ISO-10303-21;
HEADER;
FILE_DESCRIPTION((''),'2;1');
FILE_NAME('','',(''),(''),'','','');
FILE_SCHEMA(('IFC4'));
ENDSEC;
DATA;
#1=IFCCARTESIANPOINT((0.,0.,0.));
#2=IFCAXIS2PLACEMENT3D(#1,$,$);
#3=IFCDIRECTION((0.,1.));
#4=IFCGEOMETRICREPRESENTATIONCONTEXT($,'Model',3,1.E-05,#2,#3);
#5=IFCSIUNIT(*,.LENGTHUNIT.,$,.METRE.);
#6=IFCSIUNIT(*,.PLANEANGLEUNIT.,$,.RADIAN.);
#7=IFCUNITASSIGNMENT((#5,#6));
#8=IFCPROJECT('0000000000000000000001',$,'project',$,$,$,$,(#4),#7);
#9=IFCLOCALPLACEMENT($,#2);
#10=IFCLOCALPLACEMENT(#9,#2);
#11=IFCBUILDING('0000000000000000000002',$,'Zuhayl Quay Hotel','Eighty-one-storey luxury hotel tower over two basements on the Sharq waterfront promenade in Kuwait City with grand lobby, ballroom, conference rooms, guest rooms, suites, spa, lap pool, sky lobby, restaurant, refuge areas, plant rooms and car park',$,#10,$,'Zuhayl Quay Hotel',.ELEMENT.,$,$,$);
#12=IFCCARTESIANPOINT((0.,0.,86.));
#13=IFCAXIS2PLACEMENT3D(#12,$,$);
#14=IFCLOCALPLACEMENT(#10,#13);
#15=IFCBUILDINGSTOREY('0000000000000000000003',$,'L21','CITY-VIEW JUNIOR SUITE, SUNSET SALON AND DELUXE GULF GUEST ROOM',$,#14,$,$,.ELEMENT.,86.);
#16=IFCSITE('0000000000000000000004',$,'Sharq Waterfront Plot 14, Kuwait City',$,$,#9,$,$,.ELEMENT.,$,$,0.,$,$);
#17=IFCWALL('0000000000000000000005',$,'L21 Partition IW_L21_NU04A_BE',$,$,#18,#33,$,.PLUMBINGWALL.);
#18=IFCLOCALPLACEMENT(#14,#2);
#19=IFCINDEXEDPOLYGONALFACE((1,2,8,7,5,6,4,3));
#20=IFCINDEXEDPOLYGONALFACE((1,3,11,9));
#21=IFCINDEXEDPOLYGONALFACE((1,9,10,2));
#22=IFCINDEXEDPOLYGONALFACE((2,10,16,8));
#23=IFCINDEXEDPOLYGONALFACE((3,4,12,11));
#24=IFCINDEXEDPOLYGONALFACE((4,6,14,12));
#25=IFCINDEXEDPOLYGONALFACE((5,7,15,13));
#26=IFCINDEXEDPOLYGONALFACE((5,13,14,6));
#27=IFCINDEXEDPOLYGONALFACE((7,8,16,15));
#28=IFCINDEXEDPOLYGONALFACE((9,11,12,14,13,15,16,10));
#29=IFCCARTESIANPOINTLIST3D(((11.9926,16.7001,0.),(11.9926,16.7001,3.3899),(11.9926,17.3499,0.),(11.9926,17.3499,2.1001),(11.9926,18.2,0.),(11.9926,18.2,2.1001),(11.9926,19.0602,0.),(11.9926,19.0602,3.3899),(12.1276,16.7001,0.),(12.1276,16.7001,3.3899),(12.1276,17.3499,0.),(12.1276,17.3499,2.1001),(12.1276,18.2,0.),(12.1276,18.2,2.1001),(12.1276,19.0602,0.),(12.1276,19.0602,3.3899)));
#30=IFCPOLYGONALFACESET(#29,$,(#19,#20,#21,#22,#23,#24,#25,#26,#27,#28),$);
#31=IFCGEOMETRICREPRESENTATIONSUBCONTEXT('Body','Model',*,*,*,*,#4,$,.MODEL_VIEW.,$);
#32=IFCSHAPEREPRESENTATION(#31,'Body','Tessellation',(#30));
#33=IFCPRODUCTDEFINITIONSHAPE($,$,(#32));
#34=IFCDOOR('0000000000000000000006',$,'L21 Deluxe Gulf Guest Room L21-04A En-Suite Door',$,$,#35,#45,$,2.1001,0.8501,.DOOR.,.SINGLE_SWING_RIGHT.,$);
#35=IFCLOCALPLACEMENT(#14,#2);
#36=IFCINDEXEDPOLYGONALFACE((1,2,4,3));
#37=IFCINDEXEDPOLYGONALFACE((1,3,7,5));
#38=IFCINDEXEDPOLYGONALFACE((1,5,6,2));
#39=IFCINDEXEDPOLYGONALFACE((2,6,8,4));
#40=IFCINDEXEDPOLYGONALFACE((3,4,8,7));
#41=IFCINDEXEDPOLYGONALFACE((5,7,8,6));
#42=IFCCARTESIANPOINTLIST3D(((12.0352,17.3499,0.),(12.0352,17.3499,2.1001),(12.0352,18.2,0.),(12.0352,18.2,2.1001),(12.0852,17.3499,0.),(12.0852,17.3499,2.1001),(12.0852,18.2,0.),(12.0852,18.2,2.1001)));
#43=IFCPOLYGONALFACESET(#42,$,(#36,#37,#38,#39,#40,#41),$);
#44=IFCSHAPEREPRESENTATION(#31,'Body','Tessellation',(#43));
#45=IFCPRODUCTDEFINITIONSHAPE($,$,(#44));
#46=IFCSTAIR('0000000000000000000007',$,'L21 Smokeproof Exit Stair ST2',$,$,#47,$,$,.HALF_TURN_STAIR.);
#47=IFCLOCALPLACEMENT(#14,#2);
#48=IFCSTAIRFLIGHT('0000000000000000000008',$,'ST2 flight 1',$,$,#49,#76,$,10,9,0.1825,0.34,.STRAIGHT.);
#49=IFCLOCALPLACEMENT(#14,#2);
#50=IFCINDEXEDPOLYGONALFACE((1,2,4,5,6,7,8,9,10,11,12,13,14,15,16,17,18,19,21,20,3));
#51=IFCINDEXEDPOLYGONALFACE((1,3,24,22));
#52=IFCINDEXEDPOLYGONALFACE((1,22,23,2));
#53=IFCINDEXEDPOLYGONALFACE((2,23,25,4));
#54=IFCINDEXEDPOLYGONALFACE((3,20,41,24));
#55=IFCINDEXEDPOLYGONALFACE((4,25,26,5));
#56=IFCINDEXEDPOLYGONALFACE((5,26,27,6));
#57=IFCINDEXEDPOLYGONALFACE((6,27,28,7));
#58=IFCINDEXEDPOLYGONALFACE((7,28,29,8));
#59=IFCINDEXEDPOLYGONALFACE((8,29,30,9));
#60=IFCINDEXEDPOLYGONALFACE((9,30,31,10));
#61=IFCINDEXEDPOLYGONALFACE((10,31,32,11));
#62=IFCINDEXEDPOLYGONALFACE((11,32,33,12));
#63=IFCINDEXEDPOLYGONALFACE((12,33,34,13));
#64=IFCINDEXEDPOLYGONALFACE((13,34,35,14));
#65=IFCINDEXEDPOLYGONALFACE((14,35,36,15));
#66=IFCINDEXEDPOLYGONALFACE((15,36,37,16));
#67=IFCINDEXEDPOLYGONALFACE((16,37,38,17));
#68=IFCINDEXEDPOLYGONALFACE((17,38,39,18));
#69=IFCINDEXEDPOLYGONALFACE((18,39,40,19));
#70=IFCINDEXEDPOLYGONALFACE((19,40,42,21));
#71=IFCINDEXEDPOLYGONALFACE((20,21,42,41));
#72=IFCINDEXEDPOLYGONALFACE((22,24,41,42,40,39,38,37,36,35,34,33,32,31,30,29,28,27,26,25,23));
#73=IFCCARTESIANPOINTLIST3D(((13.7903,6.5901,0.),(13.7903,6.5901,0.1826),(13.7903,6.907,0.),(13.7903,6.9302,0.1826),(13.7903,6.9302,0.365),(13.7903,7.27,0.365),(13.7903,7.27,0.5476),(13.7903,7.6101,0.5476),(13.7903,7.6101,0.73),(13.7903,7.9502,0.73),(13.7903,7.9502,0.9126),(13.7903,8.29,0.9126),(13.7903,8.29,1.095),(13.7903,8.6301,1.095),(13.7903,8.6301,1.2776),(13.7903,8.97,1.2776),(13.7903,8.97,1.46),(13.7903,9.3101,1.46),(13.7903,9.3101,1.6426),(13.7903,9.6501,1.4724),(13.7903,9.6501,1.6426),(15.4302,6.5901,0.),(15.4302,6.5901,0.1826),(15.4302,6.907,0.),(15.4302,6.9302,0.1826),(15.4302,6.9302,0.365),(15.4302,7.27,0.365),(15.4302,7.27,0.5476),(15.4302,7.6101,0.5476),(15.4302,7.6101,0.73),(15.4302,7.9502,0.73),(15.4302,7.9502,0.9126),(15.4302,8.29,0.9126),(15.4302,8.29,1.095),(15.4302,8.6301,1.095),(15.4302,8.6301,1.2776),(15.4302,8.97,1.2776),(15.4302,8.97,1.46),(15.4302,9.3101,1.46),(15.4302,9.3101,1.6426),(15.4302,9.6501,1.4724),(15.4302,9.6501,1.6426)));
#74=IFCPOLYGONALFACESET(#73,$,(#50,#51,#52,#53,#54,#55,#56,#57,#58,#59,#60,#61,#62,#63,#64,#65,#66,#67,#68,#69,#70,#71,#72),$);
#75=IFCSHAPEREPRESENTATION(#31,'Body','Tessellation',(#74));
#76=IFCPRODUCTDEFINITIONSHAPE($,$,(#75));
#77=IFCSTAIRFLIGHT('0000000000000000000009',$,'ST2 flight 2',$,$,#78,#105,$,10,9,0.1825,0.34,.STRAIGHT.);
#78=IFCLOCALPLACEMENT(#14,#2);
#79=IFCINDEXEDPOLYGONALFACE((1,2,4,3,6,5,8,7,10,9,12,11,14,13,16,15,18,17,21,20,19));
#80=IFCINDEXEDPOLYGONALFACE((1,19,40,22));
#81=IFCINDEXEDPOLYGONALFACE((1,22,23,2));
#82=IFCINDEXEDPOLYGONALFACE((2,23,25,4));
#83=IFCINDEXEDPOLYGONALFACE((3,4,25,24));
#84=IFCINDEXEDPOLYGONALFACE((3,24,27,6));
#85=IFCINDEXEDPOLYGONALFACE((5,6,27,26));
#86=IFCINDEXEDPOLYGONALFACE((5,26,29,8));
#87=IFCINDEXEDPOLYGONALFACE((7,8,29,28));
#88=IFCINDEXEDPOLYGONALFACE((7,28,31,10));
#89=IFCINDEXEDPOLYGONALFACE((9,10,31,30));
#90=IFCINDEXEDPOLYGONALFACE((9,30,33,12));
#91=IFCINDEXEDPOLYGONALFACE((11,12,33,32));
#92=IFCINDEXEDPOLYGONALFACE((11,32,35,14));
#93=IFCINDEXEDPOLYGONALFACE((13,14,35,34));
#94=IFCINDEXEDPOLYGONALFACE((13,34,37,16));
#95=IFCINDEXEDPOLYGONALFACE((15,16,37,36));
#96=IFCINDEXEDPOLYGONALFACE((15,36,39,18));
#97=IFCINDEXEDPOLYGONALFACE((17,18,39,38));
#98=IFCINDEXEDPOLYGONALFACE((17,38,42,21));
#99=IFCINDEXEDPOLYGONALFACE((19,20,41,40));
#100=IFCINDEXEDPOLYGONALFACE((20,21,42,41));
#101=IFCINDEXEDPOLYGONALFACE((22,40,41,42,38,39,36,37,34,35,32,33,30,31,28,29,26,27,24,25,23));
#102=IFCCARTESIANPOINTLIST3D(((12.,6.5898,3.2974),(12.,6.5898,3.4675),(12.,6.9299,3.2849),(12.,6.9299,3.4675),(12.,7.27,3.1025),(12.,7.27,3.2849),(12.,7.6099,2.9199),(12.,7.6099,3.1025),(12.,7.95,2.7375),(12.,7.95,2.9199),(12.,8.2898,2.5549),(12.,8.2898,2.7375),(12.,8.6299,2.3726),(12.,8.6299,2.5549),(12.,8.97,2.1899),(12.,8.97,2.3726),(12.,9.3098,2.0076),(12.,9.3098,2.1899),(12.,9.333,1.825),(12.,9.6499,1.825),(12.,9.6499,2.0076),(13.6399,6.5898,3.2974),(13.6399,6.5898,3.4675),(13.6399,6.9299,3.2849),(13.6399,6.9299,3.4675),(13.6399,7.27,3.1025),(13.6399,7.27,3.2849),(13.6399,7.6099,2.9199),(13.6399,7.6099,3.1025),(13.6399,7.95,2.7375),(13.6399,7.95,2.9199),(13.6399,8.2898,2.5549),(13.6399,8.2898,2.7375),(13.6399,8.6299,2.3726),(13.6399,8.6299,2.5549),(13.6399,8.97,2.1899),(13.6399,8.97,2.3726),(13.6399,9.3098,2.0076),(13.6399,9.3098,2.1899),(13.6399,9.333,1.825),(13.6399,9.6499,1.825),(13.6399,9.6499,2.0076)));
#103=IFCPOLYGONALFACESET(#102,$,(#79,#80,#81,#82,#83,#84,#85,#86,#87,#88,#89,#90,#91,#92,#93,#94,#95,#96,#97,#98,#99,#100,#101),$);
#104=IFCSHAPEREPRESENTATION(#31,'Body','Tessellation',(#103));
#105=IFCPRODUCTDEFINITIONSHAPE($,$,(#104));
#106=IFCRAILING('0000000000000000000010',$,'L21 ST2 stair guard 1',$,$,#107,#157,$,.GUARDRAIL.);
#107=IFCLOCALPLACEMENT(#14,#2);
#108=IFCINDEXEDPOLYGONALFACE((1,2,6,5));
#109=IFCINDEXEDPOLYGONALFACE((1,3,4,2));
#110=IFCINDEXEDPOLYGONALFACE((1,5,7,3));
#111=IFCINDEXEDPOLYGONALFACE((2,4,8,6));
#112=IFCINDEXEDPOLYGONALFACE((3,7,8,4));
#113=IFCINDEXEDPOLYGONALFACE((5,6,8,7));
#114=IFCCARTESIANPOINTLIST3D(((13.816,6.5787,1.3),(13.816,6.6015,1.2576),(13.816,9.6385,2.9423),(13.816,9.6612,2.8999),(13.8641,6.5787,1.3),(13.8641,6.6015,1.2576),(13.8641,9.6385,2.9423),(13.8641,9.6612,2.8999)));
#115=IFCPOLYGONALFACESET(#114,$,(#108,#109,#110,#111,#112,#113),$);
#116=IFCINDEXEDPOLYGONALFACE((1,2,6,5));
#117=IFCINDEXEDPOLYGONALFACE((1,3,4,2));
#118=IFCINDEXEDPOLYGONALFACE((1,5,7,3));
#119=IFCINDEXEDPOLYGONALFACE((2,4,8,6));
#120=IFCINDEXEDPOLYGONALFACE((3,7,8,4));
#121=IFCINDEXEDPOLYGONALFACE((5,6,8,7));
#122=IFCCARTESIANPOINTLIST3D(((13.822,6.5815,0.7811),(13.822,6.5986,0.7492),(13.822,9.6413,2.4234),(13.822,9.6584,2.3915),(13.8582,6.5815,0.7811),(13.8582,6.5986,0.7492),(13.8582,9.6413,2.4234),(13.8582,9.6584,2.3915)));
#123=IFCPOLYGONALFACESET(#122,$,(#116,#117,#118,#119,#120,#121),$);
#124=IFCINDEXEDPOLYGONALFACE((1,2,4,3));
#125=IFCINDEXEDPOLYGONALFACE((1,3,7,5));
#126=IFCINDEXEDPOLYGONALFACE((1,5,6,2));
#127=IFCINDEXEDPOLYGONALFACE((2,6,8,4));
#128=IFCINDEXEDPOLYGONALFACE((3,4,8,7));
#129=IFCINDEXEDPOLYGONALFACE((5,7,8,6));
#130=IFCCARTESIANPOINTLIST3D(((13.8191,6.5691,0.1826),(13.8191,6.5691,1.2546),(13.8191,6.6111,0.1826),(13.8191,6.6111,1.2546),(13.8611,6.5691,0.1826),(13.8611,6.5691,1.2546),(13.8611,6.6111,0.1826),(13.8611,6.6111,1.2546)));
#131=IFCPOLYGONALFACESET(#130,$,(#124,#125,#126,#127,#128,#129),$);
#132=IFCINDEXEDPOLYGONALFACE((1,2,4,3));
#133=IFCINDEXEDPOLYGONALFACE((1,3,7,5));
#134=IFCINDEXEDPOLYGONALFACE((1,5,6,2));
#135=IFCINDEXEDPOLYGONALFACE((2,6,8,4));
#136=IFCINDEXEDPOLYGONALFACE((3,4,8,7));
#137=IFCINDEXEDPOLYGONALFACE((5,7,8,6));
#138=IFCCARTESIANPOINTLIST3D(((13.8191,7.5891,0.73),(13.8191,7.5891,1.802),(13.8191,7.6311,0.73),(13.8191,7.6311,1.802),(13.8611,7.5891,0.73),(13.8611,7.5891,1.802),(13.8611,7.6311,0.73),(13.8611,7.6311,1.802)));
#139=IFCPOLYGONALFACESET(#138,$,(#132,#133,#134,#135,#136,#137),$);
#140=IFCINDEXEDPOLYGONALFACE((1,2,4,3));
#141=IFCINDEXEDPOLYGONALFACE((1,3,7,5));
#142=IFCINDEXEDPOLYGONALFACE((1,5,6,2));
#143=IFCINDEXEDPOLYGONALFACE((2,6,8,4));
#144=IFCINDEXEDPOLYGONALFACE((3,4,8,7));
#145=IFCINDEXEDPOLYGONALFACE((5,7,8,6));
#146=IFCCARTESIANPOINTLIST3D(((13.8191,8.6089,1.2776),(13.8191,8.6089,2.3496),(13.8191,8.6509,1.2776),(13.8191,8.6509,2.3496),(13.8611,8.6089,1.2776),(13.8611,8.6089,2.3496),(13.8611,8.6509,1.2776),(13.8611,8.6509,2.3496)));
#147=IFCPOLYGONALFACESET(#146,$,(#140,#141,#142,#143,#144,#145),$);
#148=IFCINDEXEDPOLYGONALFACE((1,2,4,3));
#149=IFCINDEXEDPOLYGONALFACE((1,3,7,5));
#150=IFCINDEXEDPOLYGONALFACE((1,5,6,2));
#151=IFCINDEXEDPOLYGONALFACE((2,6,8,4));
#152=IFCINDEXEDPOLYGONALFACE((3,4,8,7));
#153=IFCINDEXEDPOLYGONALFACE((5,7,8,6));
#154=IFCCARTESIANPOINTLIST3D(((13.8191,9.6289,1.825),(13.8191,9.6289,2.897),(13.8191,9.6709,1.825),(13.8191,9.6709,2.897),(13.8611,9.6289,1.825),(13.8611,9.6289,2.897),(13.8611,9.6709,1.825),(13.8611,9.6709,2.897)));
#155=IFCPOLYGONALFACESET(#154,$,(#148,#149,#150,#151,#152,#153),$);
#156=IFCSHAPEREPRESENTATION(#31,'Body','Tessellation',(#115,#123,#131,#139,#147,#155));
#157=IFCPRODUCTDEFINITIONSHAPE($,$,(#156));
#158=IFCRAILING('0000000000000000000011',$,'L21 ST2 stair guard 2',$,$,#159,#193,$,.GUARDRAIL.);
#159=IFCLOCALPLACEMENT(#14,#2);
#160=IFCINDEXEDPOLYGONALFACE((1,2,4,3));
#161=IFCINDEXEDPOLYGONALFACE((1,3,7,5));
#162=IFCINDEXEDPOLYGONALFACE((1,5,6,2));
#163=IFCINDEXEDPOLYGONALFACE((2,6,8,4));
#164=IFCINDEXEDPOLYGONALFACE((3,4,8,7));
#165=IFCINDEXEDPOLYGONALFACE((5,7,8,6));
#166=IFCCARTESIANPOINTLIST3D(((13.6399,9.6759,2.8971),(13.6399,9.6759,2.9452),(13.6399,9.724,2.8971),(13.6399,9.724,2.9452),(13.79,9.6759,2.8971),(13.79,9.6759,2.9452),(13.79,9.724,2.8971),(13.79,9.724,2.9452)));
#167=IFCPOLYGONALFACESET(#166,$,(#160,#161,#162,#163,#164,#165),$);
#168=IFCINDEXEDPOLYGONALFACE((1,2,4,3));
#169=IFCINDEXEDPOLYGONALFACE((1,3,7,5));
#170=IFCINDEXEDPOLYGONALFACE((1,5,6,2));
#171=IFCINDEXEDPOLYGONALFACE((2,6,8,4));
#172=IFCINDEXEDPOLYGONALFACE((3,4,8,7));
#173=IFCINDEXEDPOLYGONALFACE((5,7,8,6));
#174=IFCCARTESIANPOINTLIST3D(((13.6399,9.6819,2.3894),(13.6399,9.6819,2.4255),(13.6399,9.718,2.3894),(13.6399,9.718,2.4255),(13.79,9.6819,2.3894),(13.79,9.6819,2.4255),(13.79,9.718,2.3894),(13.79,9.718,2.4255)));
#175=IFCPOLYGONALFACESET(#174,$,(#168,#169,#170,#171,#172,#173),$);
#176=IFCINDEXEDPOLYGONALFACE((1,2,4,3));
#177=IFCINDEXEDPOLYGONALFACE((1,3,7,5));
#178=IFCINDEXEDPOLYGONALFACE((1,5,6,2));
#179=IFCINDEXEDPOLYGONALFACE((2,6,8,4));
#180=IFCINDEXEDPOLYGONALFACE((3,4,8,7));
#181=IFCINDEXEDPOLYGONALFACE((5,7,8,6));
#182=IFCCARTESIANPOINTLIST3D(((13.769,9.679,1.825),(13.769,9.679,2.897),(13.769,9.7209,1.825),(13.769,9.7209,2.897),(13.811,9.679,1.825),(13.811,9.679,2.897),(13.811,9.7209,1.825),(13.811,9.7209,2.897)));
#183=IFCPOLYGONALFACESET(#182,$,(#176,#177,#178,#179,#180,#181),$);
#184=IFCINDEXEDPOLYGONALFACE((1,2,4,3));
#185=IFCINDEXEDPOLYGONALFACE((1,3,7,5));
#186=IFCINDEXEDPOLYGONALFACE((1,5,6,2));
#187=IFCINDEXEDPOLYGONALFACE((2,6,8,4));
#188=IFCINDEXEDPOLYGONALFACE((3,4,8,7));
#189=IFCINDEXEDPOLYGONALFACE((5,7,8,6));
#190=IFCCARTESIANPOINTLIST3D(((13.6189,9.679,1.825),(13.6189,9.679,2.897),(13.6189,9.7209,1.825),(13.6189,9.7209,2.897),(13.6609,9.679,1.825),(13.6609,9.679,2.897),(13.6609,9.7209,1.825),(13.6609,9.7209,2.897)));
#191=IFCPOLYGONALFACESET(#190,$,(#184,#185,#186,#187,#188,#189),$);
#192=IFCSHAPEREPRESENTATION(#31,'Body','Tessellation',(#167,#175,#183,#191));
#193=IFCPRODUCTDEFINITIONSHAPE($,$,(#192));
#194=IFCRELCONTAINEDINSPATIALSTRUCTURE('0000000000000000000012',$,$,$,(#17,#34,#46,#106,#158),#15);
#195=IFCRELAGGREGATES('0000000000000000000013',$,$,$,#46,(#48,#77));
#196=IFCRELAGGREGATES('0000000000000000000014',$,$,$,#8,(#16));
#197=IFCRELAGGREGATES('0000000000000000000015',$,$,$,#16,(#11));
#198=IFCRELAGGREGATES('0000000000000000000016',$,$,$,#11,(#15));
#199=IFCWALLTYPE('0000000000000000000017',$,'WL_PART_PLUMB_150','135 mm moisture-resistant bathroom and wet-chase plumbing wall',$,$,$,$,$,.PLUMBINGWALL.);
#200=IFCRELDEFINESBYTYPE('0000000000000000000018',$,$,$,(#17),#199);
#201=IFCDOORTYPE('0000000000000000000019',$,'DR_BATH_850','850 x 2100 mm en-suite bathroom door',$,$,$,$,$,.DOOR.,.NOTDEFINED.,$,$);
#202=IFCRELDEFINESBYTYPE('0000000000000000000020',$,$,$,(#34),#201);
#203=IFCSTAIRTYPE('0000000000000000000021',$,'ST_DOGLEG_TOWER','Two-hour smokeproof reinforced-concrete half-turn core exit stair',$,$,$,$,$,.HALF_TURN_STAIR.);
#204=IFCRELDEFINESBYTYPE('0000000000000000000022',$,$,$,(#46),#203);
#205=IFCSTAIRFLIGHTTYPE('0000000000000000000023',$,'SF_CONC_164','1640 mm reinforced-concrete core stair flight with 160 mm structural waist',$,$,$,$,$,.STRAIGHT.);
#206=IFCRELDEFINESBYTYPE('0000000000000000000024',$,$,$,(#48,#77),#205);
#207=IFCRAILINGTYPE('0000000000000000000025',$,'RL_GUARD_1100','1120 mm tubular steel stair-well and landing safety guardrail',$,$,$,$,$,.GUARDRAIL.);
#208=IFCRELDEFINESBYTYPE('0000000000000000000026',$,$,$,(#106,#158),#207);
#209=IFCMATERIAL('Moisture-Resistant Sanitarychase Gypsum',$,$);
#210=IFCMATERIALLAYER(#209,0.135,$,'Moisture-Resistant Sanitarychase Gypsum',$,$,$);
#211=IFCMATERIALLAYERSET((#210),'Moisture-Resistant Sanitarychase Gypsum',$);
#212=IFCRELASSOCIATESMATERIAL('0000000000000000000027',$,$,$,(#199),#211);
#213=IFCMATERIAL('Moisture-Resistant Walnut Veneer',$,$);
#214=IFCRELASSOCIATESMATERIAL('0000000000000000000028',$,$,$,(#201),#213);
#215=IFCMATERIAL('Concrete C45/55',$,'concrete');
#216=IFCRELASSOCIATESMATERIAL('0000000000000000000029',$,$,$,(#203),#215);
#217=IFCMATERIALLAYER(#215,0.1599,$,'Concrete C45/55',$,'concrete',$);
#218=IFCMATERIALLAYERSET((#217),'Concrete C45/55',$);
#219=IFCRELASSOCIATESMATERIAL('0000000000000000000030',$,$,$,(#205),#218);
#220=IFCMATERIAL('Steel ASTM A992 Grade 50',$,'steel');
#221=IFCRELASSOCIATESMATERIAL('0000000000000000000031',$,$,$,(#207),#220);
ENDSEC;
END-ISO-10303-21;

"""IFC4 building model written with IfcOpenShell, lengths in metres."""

from ifc_helpers import new_model, si_unit, direction, frame, frame_2d, origin, origin_2d, place, context, subcontext, project, spatial, polyline, rectangle, outline, extrude, material, layer, layer_set, type_object, element, fill, aggregate, save


model = new_model("IFC4")

# Units and contexts
model_context = context("Model", 3, precision=1e-05, world=origin(), true_north=direction((0.0, 1.0)))
body_context = subcontext(model_context, "Body", "Model", "MODEL_VIEW")
ifc_project = project(units=[si_unit("LENGTHUNIT", "METRE"), si_unit("PLANEANGLEUNIT", "RADIAN")], contexts=[model_context])

# Site, building, storey
site_placement = place(None, origin())
site = spatial("IfcSite", under=ifc_project, at=site_placement, Name="Sharq Waterfront Plot 14, Kuwait City", CompositionType="ELEMENT", RefElevation=0.0)
building_placement = place(site_placement, origin())
building = spatial("IfcBuilding", under=site, at=building_placement, Name="Zuhayl Quay Hotel", Description="Eighty-one-storey luxury hotel tower over two basements on the Sharq waterfront promenade in Kuwait City with grand lobby, ballroom, conference rooms, guest rooms, suites, spa, lap pool, sky lobby, restaurant, refuge areas, plant rooms and car park", LongName="Zuhayl Quay Hotel", CompositionType="ELEMENT")
storey_placement = place(building_placement, frame((0.0, 0.0, 86.0)))
storey = spatial("IfcBuildingStorey", under=building, at=storey_placement, Name="L21", Description="CITY-VIEW JUNIOR SUITE, SUNSET SALON AND DELUXE GULF GUEST ROOM", CompositionType="ELEMENT", Elevation=86.0)

# Shared definitions
ifc_material_1 = material(Name="Steel ASTM A992 Grade 50", Category="steel")

# Wall, opening, door
ifc_material_2 = material(Name="Moisture-Resistant Sanitarychase Gypsum")
ifc_layer_1 = layer(ifc_material_2, 0.135, Name="Moisture-Resistant Sanitarychase Gypsum")
ifc_layer_set_1 = layer_set([ifc_layer_1], Name="Moisture-Resistant Sanitarychase Gypsum")
wall_type_1 = type_object("IfcWallType", Name="WL_PART_PLUMB_150", Description="135 mm moisture-resistant bathroom and wet-chase plumbing wall", PredefinedType="PLUMBINGWALL", material=ifc_layer_set_1)
wall_1_placement = place(storey_placement, frame((12.0601, 16.7, 0.0), z_axis=(0.0, 0.0, 1.0), x_axis=(0.0, 1.0, 0.0)))
wall_1 = element("IfcWall", 1, at=wall_1_placement, inside=storey, type_object=wall_type_1, Name="L21 Partition IW_L21_NU04A_BE", PredefinedType="PLUMBINGWALL", context=body_context, shape_type="SweptSolid", body=[
    extrude(rectangle(XDim=2.3601, YDim=0.135, at=frame_2d((1.1802, 0.0))), origin(), (0.0, 0.0, 1.0), 3.3899),
])
opening_1_placement = place(wall_1_placement, frame((0.6499, 0.0, 0.0)))
opening_1 = element("IfcOpeningElement", 2, at=opening_1_placement, cuts=wall_1, PredefinedType="OPENING", context=body_context, shape_type="SweptSolid", body=[
    extrude(rectangle(XDim=0.8501, YDim=2.1001, at=frame_2d((0.425, 1.05))), frame((0.0, 0.0774, 0.0), z_axis=(0.0, -1.0, 0.0), x_axis=(1.0, 0.0, 0.0)), (0.0, 0.0, 1.0), 0.155),
])
ifc_material_3 = material(Name="Moisture-Resistant Walnut Veneer")
door_type_1 = type_object("IfcDoorType", Name="DR_BATH_850", Description="850 x 2100 mm en-suite bathroom door", OperationType="NOTDEFINED", PredefinedType="DOOR", material=ifc_material_3)
door_1_placement = place(opening_1_placement, origin())
door_1 = element("IfcDoor", 3, at=door_1_placement, inside=storey, type_object=door_type_1, Name="L21 Deluxe Gulf Guest Room L21-04A En-Suite Door", OperationType="SINGLE_SWING_RIGHT", OverallHeight=2.1001, OverallWidth=0.8501, PredefinedType="DOOR", context=body_context, shape_type="SweptSolid", body=[
    extrude(rectangle(XDim=0.8501, YDim=2.1001, at=frame_2d((0.425, 1.05))), frame((0.0, 0.0249, 0.0), z_axis=(0.0, -1.0, 0.0), x_axis=(1.0, 0.0, 0.0)), (0.0, 0.0, 1.0), 0.05),
])
fill(opening_1, door_1)

# Stair, stair flights
ifc_material_4 = material(Name="Concrete C45/55", Category="concrete")
stair_type = type_object("IfcStairType", Name="ST_DOGLEG_TOWER", Description="Two-hour smokeproof reinforced-concrete half-turn core exit stair", PredefinedType="HALF_TURN_STAIR", material=ifc_material_4)
stair_placement = place(storey_placement, origin())
stair = element("IfcStair", 4, at=stair_placement, inside=storey, type_object=stair_type, Name="L21 Smokeproof Exit Stair ST2", PredefinedType="HALF_TURN_STAIR")
ifc_layer_2 = layer(ifc_material_4, 0.1599, Name="Concrete C45/55", Category="concrete")
ifc_layer_set_2 = layer_set([ifc_layer_2], Name="Concrete C45/55")
stair_flight_type = type_object("IfcStairFlightType", Name="SF_CONC_164", Description="1640 mm reinforced-concrete core stair flight with 160 mm structural waist", PredefinedType="STRAIGHT", material=ifc_layer_set_2)
stair_flight_1_placement = place(storey_placement, frame((14.6101, 6.5901, 0.0), z_axis=(0.0, 0.0, 1.0), x_axis=(0.0, 1.0, 0.0)))
stair_flight_1 = element("IfcStairFlight", 5, at=stair_flight_1_placement, type_object=stair_flight_type, Name="ST2 flight 1", NumberOfRisers=10, NumberOfTreads=9, PredefinedType="STRAIGHT", RiserHeight=0.1825, TreadLength=0.34, context=body_context, shape_type="SweptSolid", body=[
    extrude(outline(polyline([(0.0, 0.0), (0.0, 0.1826), (0.3401, 0.1826), (0.3401, 0.365), (0.6799, 0.365), (0.6799, 0.5476), (1.02, 0.5476), (1.02, 0.73), (1.3601, 0.73), (1.3601, 0.9126), (1.7, 0.9126), (1.7, 1.095), (2.04, 1.095), (2.04, 1.2776), (2.3799, 1.2776), (2.3799, 1.46), (2.72, 1.46), (2.72, 1.6426), (3.0601, 1.6426), (3.0601, 1.825), (3.0601, 1.4724), (0.3169, 0.0), (0.0, 0.0)])), frame((0.0, 0.8198, 0.0), z_axis=(0.0, -1.0, 0.0), x_axis=(1.0, 0.0, 0.0)), (0.0, 0.0, 1.0), 1.6399),
])
stair_flight_2_placement = place(storey_placement, frame((12.8201, 9.6499, 1.825), z_axis=(0.0, 0.0, 1.0), x_axis=(0.0, -1.0, 0.0)))
stair_flight_2 = element("IfcStairFlight", 6, at=stair_flight_2_placement, type_object=stair_flight_type, Name="ST2 flight 2", NumberOfRisers=10, NumberOfTreads=9, PredefinedType="STRAIGHT", RiserHeight=0.1825, TreadLength=0.34, context=body_context, shape_type="SweptSolid", body=[
    extrude(outline(polyline([(0.0, 0.0), (0.0, 0.1826), (0.3401, 0.1826), (0.3401, 0.365), (0.6799, 0.365), (0.6799, 0.5476), (1.02, 0.5476), (1.02, 0.73), (1.3601, 0.73), (1.3601, 0.9126), (1.7, 0.9126), (1.7, 1.095), (2.04, 1.095), (2.04, 1.2776), (2.3799, 1.2776), (2.3799, 1.46), (2.72, 1.46), (2.72, 1.6426), (3.0601, 1.6426), (3.0601, 1.825), (3.0601, 1.4724), (0.3169, 0.0), (0.0, 0.0)])), frame((0.0, 0.8198, 0.0), z_axis=(0.0, -1.0, 0.0), x_axis=(1.0, 0.0, 0.0)), (0.0, 0.0, 1.0), 1.6399),
])
aggregate(stair, [stair_flight_1, stair_flight_2])

# Railings
railing_type_1 = type_object("IfcRailingType", Name="RL_GUARD_1100", Description="1120 mm tubular steel stair-well and landing safety guardrail", PredefinedType="GUARDRAIL", material=ifc_material_1)
railing_1_placement = place(storey_placement, frame((13.8401, 6.5901, 0.1826)))
element("IfcRailing", 7, at=railing_1_placement, inside=storey, type_object=railing_type_1, Name="L21 ST2 stair guard 1", PredefinedType="GUARDRAIL", context=body_context, shape_type="SweptSolid", body=[
    extrude(rectangle(XDim=0.0481, YDim=0.0481, at=origin_2d()), frame((0.0, 0.0, 1.0962), z_axis=(0.0, 0.881102, 0.472926), x_axis=(-1.0, 0.0, 0.0)), (0.0, 0.0, 1.0), 3.4727),
    extrude(rectangle(XDim=0.0361, YDim=0.0361, at=origin_2d()), frame((0.0, 0.0, 0.5825), z_axis=(0.0, 0.881102, 0.472926), x_axis=(-1.0, 0.0, 0.0)), (0.0, 0.0, 1.0), 3.4727),
    extrude(rectangle(XDim=0.042, YDim=0.042, at=origin_2d()), origin(), (0.0, 0.0, 1.0), 1.072),
    extrude(rectangle(XDim=0.042, YDim=0.042, at=origin_2d()), frame((0.0, 1.02, 0.5474)), (0.0, 0.0, 1.0), 1.072),
    extrude(rectangle(XDim=0.042, YDim=0.042, at=origin_2d()), frame((0.0, 2.0398, 1.095)), (0.0, 0.0, 1.0), 1.072),
    extrude(rectangle(XDim=0.042, YDim=0.042, at=origin_2d()), frame((0.0, 3.0598, 1.6423)), (0.0, 0.0, 1.0), 1.072),
])
railing_2_placement = place(storey_placement, frame((13.79, 9.7, 1.825)))
element("IfcRailing", 8, at=railing_2_placement, inside=storey, type_object=railing_type_1, Name="L21 ST2 stair guard 2", PredefinedType="GUARDRAIL", context=body_context, shape_type="SweptSolid", body=[
    extrude(rectangle(XDim=0.0481, YDim=0.0481, at=origin_2d()), frame((0.0, 0.0, 1.0962), z_axis=(-1.0, 0.0, 0.0), x_axis=(0.0, -1.0, 0.0)), (0.0, 0.0, 1.0), 0.1501),
    extrude(rectangle(XDim=0.0361, YDim=0.0361, at=origin_2d()), frame((0.0, 0.0, 0.5825), z_axis=(-1.0, 0.0, 0.0), x_axis=(0.0, -1.0, 0.0)), (0.0, 0.0, 1.0), 0.1501),
    extrude(rectangle(XDim=0.042, YDim=0.042, at=origin_2d()), origin(), (0.0, 0.0, 1.0), 1.072),
    extrude(rectangle(XDim=0.042, YDim=0.042, at=origin_2d()), frame((-0.1501, 0.0, 0.0)), (0.0, 0.0, 1.0), 1.072),
])

save(model, "model.ifc")
